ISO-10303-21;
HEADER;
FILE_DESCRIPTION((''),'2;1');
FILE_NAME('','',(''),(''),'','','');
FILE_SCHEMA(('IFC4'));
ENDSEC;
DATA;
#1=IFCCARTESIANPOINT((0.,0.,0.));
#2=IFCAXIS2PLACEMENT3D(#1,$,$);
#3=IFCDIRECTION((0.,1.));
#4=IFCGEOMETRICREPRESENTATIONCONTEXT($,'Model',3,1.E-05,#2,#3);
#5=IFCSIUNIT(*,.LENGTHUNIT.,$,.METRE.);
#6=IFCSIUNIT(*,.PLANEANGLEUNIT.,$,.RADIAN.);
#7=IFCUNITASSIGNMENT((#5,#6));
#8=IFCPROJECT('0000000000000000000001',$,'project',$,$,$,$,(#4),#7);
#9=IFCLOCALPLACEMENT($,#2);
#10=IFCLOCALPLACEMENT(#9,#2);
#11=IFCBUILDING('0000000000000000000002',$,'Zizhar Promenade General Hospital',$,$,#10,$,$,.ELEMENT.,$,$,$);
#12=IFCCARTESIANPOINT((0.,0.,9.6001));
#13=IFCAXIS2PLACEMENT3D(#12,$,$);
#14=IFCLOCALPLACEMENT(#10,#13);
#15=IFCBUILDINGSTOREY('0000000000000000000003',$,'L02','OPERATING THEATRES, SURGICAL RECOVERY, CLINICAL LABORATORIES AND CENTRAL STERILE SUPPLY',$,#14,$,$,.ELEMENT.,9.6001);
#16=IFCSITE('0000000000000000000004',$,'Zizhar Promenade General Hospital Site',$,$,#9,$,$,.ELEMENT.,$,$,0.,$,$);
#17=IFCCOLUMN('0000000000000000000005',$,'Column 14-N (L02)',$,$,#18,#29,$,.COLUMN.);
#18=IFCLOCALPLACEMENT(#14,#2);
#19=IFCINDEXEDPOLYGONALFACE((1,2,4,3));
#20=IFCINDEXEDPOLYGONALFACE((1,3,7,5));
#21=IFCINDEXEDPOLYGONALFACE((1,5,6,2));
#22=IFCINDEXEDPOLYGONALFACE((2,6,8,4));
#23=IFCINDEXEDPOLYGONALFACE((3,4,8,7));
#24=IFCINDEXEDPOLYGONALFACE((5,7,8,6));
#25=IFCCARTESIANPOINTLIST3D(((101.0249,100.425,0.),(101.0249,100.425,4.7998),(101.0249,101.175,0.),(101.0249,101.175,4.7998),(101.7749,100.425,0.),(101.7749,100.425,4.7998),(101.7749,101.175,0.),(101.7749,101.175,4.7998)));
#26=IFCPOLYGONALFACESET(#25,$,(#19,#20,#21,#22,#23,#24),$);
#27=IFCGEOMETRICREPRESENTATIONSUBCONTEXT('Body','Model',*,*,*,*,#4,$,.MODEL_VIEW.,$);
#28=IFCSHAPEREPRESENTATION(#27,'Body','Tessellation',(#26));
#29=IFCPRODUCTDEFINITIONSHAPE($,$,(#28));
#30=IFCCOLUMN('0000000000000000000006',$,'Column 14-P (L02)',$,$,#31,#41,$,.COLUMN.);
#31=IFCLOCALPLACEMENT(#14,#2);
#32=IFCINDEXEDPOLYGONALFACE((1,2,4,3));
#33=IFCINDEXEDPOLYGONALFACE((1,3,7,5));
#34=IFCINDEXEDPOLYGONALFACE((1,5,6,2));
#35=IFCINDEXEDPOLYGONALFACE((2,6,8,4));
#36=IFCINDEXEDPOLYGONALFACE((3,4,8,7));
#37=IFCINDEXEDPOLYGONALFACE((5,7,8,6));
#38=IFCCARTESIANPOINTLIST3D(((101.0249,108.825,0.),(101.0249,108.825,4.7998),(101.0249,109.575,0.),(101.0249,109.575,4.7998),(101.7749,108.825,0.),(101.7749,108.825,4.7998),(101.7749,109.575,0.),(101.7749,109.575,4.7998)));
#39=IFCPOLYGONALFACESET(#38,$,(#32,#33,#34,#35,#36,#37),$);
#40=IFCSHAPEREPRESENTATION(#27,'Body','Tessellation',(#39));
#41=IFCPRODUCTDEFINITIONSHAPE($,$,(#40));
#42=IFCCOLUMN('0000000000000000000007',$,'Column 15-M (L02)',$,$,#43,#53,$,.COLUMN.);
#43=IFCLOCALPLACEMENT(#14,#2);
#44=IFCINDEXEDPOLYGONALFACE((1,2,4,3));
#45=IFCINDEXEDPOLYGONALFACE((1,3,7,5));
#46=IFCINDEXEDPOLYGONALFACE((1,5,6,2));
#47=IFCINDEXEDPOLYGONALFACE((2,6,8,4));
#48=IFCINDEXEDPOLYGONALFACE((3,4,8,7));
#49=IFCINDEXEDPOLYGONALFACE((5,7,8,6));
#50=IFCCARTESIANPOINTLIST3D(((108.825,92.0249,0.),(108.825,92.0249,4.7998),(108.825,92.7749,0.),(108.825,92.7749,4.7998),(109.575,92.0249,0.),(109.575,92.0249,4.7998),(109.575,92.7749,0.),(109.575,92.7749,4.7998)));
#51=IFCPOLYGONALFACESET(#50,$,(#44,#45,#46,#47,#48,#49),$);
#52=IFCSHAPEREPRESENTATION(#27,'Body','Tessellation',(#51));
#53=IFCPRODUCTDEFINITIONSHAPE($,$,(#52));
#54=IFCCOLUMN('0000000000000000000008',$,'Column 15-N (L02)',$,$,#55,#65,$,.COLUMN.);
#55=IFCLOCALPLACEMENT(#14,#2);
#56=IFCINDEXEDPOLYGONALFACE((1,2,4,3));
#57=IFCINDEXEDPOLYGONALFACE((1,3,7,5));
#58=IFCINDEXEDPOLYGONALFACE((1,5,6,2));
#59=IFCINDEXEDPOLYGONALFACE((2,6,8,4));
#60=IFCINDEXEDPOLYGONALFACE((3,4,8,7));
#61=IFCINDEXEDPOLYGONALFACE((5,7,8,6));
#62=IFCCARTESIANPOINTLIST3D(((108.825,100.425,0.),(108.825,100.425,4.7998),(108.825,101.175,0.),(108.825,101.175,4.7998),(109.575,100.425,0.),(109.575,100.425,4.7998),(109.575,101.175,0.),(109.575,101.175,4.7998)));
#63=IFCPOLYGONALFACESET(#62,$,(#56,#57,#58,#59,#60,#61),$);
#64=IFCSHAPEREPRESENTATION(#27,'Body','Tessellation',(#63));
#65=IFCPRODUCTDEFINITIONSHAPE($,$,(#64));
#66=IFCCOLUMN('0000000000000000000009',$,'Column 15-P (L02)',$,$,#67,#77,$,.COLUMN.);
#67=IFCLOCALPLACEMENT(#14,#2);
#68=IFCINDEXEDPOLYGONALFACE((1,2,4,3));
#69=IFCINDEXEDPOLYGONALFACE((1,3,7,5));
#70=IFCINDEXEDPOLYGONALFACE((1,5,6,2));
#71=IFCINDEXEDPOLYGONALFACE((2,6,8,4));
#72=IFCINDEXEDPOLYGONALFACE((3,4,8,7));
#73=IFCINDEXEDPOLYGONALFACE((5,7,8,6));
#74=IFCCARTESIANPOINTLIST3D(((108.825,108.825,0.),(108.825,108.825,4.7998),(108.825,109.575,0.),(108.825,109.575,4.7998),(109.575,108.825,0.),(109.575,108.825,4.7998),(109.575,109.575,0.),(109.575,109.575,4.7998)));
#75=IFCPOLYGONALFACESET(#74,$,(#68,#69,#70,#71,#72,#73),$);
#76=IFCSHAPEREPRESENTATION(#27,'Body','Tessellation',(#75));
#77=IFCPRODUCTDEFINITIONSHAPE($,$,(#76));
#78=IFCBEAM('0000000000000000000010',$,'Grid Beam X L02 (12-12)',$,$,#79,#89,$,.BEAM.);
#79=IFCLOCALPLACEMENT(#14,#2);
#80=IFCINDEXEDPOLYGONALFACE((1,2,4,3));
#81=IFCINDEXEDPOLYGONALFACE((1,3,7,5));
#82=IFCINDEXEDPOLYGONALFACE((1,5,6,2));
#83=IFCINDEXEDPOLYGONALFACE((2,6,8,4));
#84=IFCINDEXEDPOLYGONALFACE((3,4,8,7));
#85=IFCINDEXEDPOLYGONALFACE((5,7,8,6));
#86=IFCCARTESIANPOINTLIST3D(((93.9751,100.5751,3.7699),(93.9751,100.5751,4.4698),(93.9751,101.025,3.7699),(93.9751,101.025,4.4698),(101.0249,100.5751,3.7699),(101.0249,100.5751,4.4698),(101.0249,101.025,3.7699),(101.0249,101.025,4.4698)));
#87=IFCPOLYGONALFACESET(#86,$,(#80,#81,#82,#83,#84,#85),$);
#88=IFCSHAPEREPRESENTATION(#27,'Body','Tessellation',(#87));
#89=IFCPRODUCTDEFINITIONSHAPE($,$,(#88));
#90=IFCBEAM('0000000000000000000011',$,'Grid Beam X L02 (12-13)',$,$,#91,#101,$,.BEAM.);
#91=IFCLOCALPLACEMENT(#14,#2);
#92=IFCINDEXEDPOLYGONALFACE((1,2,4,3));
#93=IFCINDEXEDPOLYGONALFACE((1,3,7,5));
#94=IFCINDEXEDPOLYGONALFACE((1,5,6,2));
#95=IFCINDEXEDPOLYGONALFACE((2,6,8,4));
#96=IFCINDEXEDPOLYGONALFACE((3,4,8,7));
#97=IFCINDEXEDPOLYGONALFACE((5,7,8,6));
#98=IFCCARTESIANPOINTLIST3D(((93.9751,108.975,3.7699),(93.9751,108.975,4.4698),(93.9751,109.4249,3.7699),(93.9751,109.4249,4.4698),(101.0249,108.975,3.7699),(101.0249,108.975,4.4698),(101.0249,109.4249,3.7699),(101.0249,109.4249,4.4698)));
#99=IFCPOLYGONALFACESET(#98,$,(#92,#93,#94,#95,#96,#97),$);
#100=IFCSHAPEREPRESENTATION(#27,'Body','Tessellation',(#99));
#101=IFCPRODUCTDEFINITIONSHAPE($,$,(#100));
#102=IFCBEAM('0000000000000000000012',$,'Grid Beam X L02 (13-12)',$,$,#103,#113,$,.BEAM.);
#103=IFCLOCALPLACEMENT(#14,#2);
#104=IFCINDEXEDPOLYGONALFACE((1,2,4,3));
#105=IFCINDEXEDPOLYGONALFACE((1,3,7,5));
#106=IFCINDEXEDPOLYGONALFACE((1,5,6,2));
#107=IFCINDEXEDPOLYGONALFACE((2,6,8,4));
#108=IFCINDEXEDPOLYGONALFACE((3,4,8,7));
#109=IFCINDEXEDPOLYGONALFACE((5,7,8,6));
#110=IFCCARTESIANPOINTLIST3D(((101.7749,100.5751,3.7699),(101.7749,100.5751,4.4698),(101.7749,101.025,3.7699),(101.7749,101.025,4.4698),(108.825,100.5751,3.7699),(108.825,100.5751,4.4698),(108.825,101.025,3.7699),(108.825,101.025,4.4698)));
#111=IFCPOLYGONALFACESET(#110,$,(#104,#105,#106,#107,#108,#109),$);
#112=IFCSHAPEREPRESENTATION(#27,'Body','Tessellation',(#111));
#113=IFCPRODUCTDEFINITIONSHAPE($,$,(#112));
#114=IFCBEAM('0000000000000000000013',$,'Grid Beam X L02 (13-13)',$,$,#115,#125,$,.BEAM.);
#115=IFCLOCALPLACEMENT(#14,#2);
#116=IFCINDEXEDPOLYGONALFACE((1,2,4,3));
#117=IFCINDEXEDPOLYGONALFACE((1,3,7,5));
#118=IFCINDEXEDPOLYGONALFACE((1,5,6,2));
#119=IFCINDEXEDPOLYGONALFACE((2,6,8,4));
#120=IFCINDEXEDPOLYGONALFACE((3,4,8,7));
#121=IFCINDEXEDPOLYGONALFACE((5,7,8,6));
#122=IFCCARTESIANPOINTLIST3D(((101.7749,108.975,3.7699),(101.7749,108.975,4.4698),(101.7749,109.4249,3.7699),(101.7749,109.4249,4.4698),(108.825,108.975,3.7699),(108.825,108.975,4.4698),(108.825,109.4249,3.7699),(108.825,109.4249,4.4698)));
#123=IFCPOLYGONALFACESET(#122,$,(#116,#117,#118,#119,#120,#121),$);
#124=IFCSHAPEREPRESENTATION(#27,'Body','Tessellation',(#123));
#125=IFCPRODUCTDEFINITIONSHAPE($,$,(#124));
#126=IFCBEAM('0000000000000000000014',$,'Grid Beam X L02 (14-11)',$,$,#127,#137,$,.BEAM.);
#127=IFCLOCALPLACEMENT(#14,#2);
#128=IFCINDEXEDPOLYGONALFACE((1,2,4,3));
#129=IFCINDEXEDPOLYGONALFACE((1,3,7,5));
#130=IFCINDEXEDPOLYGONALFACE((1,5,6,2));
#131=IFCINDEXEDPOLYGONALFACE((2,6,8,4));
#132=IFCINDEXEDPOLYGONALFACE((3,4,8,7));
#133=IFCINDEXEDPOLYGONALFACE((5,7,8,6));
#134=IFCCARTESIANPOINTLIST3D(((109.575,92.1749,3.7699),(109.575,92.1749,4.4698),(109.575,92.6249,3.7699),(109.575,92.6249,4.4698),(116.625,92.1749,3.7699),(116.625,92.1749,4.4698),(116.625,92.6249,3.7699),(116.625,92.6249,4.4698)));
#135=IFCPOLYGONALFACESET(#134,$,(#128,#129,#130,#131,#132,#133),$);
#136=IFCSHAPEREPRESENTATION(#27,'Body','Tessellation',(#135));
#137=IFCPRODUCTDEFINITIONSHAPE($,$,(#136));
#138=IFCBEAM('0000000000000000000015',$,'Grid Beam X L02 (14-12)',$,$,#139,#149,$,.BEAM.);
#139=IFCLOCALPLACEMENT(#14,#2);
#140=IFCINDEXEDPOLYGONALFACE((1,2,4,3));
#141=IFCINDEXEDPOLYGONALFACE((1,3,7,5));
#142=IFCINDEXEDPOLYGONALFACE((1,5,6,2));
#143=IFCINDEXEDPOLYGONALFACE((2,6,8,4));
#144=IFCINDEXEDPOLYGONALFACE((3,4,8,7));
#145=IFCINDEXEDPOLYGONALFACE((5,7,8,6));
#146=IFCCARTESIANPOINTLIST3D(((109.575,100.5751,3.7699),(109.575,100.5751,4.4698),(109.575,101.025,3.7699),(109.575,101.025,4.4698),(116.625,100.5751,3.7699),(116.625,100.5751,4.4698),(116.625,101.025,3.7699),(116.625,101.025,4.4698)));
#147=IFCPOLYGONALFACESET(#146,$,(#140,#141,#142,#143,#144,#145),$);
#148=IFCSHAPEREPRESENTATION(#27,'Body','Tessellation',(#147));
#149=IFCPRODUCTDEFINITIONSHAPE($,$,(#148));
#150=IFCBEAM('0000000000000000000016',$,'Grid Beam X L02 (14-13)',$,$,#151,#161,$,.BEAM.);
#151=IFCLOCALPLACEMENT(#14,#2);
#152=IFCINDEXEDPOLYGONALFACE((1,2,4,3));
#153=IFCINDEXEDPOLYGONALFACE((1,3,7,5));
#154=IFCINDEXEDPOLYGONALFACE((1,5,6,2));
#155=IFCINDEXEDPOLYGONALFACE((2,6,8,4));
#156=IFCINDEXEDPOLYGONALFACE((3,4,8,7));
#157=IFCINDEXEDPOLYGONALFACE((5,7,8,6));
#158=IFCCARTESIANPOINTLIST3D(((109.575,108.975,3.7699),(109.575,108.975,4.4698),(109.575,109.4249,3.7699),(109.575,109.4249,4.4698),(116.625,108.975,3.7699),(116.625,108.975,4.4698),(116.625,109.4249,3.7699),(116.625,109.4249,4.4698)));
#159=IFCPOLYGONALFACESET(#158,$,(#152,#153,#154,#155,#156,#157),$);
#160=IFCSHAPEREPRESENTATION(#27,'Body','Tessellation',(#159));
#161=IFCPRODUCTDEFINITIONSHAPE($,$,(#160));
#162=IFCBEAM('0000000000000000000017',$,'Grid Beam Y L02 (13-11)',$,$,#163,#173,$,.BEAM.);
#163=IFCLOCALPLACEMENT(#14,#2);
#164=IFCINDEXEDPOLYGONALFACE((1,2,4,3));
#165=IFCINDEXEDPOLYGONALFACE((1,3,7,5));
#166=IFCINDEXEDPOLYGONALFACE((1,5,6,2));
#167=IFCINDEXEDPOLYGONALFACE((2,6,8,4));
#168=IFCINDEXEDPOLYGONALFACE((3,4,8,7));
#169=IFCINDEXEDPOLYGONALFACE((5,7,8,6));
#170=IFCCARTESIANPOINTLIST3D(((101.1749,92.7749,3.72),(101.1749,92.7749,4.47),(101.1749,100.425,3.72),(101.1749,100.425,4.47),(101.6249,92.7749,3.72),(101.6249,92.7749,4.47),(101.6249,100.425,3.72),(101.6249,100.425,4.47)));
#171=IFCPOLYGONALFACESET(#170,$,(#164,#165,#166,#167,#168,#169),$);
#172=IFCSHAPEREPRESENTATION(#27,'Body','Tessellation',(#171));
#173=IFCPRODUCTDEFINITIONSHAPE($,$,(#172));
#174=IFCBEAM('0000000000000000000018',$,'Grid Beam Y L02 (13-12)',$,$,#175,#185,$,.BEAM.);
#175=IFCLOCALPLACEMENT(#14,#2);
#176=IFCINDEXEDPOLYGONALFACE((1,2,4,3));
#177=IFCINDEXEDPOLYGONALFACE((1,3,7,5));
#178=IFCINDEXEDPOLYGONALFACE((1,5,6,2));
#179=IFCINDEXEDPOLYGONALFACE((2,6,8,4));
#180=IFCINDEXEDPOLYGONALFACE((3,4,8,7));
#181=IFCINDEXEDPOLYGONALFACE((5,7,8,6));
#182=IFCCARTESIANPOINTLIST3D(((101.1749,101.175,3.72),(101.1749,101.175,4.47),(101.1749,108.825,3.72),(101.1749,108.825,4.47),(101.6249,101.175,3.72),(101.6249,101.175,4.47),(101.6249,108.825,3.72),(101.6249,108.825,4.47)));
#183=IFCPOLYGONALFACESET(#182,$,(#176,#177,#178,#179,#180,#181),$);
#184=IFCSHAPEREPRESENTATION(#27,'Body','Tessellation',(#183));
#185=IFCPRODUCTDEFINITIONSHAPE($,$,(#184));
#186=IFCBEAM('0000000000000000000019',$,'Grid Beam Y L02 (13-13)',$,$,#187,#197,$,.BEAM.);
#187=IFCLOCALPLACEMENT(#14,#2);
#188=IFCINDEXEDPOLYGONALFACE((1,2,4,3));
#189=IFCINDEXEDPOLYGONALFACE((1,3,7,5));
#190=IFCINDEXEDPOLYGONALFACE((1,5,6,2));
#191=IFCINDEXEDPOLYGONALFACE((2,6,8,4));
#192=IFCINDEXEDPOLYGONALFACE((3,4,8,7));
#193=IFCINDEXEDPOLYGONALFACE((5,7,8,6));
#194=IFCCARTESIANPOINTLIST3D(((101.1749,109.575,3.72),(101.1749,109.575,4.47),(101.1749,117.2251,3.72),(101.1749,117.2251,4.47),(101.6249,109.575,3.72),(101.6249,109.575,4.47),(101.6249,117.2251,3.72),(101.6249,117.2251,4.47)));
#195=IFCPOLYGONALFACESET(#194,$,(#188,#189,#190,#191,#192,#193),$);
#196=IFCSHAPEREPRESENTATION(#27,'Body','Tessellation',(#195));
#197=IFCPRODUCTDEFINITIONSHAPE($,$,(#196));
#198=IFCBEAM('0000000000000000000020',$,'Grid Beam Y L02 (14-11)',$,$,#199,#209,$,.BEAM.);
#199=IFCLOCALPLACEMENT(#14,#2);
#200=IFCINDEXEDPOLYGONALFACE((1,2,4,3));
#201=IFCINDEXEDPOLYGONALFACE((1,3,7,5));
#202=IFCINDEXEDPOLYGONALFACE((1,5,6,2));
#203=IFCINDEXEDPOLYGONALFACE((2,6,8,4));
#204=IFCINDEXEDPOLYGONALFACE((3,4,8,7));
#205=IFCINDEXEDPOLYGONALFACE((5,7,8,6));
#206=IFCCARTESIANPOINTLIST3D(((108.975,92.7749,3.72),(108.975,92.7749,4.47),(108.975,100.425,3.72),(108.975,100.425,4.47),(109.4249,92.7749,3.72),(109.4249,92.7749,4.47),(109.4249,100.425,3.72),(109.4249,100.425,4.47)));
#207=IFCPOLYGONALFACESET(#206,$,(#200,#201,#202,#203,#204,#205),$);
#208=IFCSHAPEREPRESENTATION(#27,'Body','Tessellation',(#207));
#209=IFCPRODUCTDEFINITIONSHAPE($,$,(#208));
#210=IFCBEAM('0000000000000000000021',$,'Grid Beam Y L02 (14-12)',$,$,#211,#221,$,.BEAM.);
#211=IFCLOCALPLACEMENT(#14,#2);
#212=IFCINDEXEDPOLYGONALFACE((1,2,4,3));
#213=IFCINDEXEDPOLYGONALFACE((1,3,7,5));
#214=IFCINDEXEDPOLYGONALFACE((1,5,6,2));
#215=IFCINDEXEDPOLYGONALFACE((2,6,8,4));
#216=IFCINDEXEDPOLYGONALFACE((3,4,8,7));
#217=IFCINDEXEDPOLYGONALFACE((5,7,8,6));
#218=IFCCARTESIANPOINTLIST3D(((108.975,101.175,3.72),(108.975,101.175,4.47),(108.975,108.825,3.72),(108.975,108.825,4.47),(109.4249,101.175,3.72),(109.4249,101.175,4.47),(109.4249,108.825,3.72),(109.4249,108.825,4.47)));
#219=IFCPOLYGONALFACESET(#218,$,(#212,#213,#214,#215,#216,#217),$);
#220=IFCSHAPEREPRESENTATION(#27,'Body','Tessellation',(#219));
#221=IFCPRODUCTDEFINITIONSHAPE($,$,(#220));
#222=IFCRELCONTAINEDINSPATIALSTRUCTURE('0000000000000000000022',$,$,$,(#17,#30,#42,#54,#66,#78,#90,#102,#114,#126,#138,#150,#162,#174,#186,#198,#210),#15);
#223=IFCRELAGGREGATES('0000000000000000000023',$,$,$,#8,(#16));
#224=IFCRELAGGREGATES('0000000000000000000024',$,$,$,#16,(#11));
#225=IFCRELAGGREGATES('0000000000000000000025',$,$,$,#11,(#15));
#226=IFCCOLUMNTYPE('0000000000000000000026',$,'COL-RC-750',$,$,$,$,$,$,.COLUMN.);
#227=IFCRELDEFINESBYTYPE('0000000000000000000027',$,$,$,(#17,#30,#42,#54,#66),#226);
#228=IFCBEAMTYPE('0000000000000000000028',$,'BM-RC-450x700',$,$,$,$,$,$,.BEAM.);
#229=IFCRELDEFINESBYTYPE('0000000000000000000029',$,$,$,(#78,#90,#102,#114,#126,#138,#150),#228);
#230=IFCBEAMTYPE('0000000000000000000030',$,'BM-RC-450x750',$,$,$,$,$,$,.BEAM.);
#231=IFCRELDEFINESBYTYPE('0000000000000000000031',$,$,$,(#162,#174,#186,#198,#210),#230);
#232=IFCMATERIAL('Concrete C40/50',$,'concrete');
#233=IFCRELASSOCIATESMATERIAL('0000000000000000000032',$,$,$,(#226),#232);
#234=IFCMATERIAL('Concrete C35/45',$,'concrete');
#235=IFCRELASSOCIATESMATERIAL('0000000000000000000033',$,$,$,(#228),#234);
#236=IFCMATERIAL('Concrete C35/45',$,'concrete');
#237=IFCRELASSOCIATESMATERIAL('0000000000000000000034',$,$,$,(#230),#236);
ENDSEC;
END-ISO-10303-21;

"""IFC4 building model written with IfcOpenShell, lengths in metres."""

from ifc_helpers import new_model, si_unit, direction, frame, origin, origin_2d, place, context, subcontext, project, spatial, rectangle, extrude, material, material_profile, profile_set, type_object, element, save


model = new_model("IFC4")

# Units and contexts
model_context = context("Model", 3, precision=1e-05, world=origin(), true_north=direction((0.0, 1.0)))
body_context = subcontext(model_context, "Body", "Model", "MODEL_VIEW")
ifc_project = project(units=[si_unit("LENGTHUNIT", "METRE"), si_unit("PLANEANGLEUNIT", "RADIAN")], contexts=[model_context])

# Site, building, storey
site_placement = place(None, origin())
site = spatial("IfcSite", under=ifc_project, at=site_placement, Name="Zizhar Promenade General Hospital Site", CompositionType="ELEMENT", RefElevation=0.0)
building_placement = place(site_placement, origin())
building = spatial("IfcBuilding", under=site, at=building_placement, Name="Zizhar Promenade General Hospital", CompositionType="ELEMENT")
storey_placement = place(building_placement, frame((0.0, 0.0, 9.6001)))
storey = spatial("IfcBuildingStorey", under=building, at=storey_placement, Name="L02", Description="OPERATING THEATRES, SURGICAL RECOVERY, CLINICAL LABORATORIES AND CENTRAL STERILE SUPPLY", CompositionType="ELEMENT", Elevation=9.6001)

# Columns
ifc_material_1 = material(Name="Concrete C40/50", Category="concrete")
ifc_material_profile_1 = material_profile(ifc_material_1, rectangle(XDim=0.75, YDim=0.75, at=origin_2d()))
ifc_profile_set_1 = profile_set([ifc_material_profile_1], Name="Concrete C40/50")
column_type = type_object("IfcColumnType", Name="COL-RC-750", PredefinedType="COLUMN", material=ifc_profile_set_1)
for number, where, z_axis, x_axis, name in (
    (1, (101.3999, 100.8, 0.0), (0.0, 0.0, 1.0), (1.0, 0.0, 0.0), "Column 14-N (L02)"),
    (2, (101.3999, 109.2, 0.0), (0.0, 0.0, 1.0), (1.0, 0.0, 0.0), "Column 14-P (L02)"),
    (3, (109.2, 92.3999, 0.0), (0.0, 0.0, 1.0), (1.0, 0.0, 0.0), "Column 15-M (L02)"),
    (4, (109.2, 100.8, 0.0), (0.0, 0.0, 1.0), (1.0, 0.0, 0.0), "Column 15-N (L02)"),
    (5, (109.2, 109.2, 0.0), (0.0, 0.0, 1.0), (1.0, 0.0, 0.0), "Column 15-P (L02)"),
):
    element("IfcColumn", number, at=place(storey_placement, frame(where, z_axis=z_axis, x_axis=x_axis)), inside=storey, type_object=column_type, Name=name, PredefinedType="COLUMN", context=body_context, shape_type="SweptSolid", body=[
        extrude(rectangle(XDim=0.75, YDim=0.75, at=origin_2d()), origin(), (0.0, 0.0, 1.0), 4.7998),
    ])

# Beams
ifc_material_2 = material(Name="Concrete C35/45", Category="concrete")
ifc_material_profile_2 = material_profile(ifc_material_2, rectangle(XDim=0.45, YDim=0.7, at=origin_2d()))
ifc_profile_set_2 = profile_set([ifc_material_profile_2], Name="Concrete C35/45")
beam_type_1 = type_object("IfcBeamType", Name="BM-RC-450x700", PredefinedType="BEAM", material=ifc_profile_set_2)
for number, where, z_axis, x_axis, name in (
    (6, (93.9751, 100.8, 4.1199), (1.0, 0.0, 0.0), (0.0, 1.0, 0.0), "Grid Beam X L02 (12-12)"),
    (7, (93.9751, 109.2, 4.1199), (1.0, 0.0, 0.0), (0.0, 1.0, 0.0), "Grid Beam X L02 (12-13)"),
):
    element("IfcBeam", number, at=place(storey_placement, frame(where, z_axis=z_axis, x_axis=x_axis)), inside=storey, type_object=beam_type_1, Name=name, PredefinedType="BEAM", context=body_context, shape_type="SweptSolid", body=[
        extrude(rectangle(XDim=0.45, YDim=0.7, at=origin_2d()), origin(), (0.0, 0.0, 1.0), 7.0498),
    ])
for number, where, z_axis, x_axis, name in (
    (8, (101.7749, 100.8, 4.1199), (1.0, 0.0, 0.0), (0.0, 1.0, 0.0), "Grid Beam X L02 (13-12)"),
    (9, (101.7749, 109.2, 4.1199), (1.0, 0.0, 0.0), (0.0, 1.0, 0.0), "Grid Beam X L02 (13-13)"),
    (10, (109.575, 92.3999, 4.1199), (1.0, 0.0, 0.0), (0.0, 1.0, 0.0), "Grid Beam X L02 (14-11)"),
    (11, (109.575, 100.8, 4.1199), (1.0, 0.0, 0.0), (0.0, 1.0, 0.0), "Grid Beam X L02 (14-12)"),
    (12, (109.575, 109.2, 4.1199), (1.0, 0.0, 0.0), (0.0, 1.0, 0.0), "Grid Beam X L02 (14-13)"),
):
    element("IfcBeam", number, at=place(storey_placement, frame(where, z_axis=z_axis, x_axis=x_axis)), inside=storey, type_object=beam_type_1, Name=name, PredefinedType="BEAM", context=body_context, shape_type="SweptSolid", body=[
        extrude(rectangle(XDim=0.45, YDim=0.7, at=origin_2d()), origin(), (0.0, 0.0, 1.0), 7.05),
    ])
ifc_material_3 = material(Name="Concrete C35/45", Category="concrete")
ifc_material_profile_3 = material_profile(ifc_material_3, rectangle(XDim=0.45, YDim=0.75, at=origin_2d()))
ifc_profile_set_3 = profile_set([ifc_material_profile_3], Name="Concrete C35/45")
beam_type_2 = type_object("IfcBeamType", Name="BM-RC-450x750", PredefinedType="BEAM", material=ifc_profile_set_3)
beam_1_placement = place(storey_placement, frame((101.3999, 92.7749, 4.095), z_axis=(0.0, 1.0, 0.0), x_axis=(-1.0, 0.0, 0.0)))
element("IfcBeam", 13, at=beam_1_placement, inside=storey, type_object=beam_type_2, Name="Grid Beam Y L02 (13-11)", PredefinedType="BEAM", context=body_context, shape_type="SweptSolid", body=[
    extrude(rectangle(XDim=0.45, YDim=0.75, at=origin_2d()), origin(), (0.0, 0.0, 1.0), 7.6501),
])
beam_2_placement = place(storey_placement, frame((101.3999, 101.175, 4.095), z_axis=(0.0, 1.0, 0.0), x_axis=(-1.0, 0.0, 0.0)))
element("IfcBeam", 14, at=beam_2_placement, inside=storey, type_object=beam_type_2, Name="Grid Beam Y L02 (13-12)", PredefinedType="BEAM", context=body_context, shape_type="SweptSolid", body=[
    extrude(rectangle(XDim=0.45, YDim=0.75, at=origin_2d()), origin(), (0.0, 0.0, 1.0), 7.6499),
])
for number, where, z_axis, x_axis, name in (
    (15, (101.3999, 109.575, 4.095), (0.0, 1.0, 0.0), (-1.0, 0.0, 0.0), "Grid Beam Y L02 (13-13)"),
    (16, (109.2, 92.7749, 4.095), (0.0, 1.0, 0.0), (-1.0, 0.0, 0.0), "Grid Beam Y L02 (14-11)"),
):
    element("IfcBeam", number, at=place(storey_placement, frame(where, z_axis=z_axis, x_axis=x_axis)), inside=storey, type_object=beam_type_2, Name=name, PredefinedType="BEAM", context=body_context, shape_type="SweptSolid", body=[
        extrude(rectangle(XDim=0.45, YDim=0.75, at=origin_2d()), origin(), (0.0, 0.0, 1.0), 7.6501),
    ])
beam_3_placement = place(storey_placement, frame((109.2, 101.175, 4.095), z_axis=(0.0, 1.0, 0.0), x_axis=(-1.0, 0.0, 0.0)))
element("IfcBeam", 17, at=beam_3_placement, inside=storey, type_object=beam_type_2, Name="Grid Beam Y L02 (14-12)", PredefinedType="BEAM", context=body_context, shape_type="SweptSolid", body=[
    extrude(rectangle(XDim=0.45, YDim=0.75, at=origin_2d()), origin(), (0.0, 0.0, 1.0), 7.6499),
])

save(model, "model.ifc")
